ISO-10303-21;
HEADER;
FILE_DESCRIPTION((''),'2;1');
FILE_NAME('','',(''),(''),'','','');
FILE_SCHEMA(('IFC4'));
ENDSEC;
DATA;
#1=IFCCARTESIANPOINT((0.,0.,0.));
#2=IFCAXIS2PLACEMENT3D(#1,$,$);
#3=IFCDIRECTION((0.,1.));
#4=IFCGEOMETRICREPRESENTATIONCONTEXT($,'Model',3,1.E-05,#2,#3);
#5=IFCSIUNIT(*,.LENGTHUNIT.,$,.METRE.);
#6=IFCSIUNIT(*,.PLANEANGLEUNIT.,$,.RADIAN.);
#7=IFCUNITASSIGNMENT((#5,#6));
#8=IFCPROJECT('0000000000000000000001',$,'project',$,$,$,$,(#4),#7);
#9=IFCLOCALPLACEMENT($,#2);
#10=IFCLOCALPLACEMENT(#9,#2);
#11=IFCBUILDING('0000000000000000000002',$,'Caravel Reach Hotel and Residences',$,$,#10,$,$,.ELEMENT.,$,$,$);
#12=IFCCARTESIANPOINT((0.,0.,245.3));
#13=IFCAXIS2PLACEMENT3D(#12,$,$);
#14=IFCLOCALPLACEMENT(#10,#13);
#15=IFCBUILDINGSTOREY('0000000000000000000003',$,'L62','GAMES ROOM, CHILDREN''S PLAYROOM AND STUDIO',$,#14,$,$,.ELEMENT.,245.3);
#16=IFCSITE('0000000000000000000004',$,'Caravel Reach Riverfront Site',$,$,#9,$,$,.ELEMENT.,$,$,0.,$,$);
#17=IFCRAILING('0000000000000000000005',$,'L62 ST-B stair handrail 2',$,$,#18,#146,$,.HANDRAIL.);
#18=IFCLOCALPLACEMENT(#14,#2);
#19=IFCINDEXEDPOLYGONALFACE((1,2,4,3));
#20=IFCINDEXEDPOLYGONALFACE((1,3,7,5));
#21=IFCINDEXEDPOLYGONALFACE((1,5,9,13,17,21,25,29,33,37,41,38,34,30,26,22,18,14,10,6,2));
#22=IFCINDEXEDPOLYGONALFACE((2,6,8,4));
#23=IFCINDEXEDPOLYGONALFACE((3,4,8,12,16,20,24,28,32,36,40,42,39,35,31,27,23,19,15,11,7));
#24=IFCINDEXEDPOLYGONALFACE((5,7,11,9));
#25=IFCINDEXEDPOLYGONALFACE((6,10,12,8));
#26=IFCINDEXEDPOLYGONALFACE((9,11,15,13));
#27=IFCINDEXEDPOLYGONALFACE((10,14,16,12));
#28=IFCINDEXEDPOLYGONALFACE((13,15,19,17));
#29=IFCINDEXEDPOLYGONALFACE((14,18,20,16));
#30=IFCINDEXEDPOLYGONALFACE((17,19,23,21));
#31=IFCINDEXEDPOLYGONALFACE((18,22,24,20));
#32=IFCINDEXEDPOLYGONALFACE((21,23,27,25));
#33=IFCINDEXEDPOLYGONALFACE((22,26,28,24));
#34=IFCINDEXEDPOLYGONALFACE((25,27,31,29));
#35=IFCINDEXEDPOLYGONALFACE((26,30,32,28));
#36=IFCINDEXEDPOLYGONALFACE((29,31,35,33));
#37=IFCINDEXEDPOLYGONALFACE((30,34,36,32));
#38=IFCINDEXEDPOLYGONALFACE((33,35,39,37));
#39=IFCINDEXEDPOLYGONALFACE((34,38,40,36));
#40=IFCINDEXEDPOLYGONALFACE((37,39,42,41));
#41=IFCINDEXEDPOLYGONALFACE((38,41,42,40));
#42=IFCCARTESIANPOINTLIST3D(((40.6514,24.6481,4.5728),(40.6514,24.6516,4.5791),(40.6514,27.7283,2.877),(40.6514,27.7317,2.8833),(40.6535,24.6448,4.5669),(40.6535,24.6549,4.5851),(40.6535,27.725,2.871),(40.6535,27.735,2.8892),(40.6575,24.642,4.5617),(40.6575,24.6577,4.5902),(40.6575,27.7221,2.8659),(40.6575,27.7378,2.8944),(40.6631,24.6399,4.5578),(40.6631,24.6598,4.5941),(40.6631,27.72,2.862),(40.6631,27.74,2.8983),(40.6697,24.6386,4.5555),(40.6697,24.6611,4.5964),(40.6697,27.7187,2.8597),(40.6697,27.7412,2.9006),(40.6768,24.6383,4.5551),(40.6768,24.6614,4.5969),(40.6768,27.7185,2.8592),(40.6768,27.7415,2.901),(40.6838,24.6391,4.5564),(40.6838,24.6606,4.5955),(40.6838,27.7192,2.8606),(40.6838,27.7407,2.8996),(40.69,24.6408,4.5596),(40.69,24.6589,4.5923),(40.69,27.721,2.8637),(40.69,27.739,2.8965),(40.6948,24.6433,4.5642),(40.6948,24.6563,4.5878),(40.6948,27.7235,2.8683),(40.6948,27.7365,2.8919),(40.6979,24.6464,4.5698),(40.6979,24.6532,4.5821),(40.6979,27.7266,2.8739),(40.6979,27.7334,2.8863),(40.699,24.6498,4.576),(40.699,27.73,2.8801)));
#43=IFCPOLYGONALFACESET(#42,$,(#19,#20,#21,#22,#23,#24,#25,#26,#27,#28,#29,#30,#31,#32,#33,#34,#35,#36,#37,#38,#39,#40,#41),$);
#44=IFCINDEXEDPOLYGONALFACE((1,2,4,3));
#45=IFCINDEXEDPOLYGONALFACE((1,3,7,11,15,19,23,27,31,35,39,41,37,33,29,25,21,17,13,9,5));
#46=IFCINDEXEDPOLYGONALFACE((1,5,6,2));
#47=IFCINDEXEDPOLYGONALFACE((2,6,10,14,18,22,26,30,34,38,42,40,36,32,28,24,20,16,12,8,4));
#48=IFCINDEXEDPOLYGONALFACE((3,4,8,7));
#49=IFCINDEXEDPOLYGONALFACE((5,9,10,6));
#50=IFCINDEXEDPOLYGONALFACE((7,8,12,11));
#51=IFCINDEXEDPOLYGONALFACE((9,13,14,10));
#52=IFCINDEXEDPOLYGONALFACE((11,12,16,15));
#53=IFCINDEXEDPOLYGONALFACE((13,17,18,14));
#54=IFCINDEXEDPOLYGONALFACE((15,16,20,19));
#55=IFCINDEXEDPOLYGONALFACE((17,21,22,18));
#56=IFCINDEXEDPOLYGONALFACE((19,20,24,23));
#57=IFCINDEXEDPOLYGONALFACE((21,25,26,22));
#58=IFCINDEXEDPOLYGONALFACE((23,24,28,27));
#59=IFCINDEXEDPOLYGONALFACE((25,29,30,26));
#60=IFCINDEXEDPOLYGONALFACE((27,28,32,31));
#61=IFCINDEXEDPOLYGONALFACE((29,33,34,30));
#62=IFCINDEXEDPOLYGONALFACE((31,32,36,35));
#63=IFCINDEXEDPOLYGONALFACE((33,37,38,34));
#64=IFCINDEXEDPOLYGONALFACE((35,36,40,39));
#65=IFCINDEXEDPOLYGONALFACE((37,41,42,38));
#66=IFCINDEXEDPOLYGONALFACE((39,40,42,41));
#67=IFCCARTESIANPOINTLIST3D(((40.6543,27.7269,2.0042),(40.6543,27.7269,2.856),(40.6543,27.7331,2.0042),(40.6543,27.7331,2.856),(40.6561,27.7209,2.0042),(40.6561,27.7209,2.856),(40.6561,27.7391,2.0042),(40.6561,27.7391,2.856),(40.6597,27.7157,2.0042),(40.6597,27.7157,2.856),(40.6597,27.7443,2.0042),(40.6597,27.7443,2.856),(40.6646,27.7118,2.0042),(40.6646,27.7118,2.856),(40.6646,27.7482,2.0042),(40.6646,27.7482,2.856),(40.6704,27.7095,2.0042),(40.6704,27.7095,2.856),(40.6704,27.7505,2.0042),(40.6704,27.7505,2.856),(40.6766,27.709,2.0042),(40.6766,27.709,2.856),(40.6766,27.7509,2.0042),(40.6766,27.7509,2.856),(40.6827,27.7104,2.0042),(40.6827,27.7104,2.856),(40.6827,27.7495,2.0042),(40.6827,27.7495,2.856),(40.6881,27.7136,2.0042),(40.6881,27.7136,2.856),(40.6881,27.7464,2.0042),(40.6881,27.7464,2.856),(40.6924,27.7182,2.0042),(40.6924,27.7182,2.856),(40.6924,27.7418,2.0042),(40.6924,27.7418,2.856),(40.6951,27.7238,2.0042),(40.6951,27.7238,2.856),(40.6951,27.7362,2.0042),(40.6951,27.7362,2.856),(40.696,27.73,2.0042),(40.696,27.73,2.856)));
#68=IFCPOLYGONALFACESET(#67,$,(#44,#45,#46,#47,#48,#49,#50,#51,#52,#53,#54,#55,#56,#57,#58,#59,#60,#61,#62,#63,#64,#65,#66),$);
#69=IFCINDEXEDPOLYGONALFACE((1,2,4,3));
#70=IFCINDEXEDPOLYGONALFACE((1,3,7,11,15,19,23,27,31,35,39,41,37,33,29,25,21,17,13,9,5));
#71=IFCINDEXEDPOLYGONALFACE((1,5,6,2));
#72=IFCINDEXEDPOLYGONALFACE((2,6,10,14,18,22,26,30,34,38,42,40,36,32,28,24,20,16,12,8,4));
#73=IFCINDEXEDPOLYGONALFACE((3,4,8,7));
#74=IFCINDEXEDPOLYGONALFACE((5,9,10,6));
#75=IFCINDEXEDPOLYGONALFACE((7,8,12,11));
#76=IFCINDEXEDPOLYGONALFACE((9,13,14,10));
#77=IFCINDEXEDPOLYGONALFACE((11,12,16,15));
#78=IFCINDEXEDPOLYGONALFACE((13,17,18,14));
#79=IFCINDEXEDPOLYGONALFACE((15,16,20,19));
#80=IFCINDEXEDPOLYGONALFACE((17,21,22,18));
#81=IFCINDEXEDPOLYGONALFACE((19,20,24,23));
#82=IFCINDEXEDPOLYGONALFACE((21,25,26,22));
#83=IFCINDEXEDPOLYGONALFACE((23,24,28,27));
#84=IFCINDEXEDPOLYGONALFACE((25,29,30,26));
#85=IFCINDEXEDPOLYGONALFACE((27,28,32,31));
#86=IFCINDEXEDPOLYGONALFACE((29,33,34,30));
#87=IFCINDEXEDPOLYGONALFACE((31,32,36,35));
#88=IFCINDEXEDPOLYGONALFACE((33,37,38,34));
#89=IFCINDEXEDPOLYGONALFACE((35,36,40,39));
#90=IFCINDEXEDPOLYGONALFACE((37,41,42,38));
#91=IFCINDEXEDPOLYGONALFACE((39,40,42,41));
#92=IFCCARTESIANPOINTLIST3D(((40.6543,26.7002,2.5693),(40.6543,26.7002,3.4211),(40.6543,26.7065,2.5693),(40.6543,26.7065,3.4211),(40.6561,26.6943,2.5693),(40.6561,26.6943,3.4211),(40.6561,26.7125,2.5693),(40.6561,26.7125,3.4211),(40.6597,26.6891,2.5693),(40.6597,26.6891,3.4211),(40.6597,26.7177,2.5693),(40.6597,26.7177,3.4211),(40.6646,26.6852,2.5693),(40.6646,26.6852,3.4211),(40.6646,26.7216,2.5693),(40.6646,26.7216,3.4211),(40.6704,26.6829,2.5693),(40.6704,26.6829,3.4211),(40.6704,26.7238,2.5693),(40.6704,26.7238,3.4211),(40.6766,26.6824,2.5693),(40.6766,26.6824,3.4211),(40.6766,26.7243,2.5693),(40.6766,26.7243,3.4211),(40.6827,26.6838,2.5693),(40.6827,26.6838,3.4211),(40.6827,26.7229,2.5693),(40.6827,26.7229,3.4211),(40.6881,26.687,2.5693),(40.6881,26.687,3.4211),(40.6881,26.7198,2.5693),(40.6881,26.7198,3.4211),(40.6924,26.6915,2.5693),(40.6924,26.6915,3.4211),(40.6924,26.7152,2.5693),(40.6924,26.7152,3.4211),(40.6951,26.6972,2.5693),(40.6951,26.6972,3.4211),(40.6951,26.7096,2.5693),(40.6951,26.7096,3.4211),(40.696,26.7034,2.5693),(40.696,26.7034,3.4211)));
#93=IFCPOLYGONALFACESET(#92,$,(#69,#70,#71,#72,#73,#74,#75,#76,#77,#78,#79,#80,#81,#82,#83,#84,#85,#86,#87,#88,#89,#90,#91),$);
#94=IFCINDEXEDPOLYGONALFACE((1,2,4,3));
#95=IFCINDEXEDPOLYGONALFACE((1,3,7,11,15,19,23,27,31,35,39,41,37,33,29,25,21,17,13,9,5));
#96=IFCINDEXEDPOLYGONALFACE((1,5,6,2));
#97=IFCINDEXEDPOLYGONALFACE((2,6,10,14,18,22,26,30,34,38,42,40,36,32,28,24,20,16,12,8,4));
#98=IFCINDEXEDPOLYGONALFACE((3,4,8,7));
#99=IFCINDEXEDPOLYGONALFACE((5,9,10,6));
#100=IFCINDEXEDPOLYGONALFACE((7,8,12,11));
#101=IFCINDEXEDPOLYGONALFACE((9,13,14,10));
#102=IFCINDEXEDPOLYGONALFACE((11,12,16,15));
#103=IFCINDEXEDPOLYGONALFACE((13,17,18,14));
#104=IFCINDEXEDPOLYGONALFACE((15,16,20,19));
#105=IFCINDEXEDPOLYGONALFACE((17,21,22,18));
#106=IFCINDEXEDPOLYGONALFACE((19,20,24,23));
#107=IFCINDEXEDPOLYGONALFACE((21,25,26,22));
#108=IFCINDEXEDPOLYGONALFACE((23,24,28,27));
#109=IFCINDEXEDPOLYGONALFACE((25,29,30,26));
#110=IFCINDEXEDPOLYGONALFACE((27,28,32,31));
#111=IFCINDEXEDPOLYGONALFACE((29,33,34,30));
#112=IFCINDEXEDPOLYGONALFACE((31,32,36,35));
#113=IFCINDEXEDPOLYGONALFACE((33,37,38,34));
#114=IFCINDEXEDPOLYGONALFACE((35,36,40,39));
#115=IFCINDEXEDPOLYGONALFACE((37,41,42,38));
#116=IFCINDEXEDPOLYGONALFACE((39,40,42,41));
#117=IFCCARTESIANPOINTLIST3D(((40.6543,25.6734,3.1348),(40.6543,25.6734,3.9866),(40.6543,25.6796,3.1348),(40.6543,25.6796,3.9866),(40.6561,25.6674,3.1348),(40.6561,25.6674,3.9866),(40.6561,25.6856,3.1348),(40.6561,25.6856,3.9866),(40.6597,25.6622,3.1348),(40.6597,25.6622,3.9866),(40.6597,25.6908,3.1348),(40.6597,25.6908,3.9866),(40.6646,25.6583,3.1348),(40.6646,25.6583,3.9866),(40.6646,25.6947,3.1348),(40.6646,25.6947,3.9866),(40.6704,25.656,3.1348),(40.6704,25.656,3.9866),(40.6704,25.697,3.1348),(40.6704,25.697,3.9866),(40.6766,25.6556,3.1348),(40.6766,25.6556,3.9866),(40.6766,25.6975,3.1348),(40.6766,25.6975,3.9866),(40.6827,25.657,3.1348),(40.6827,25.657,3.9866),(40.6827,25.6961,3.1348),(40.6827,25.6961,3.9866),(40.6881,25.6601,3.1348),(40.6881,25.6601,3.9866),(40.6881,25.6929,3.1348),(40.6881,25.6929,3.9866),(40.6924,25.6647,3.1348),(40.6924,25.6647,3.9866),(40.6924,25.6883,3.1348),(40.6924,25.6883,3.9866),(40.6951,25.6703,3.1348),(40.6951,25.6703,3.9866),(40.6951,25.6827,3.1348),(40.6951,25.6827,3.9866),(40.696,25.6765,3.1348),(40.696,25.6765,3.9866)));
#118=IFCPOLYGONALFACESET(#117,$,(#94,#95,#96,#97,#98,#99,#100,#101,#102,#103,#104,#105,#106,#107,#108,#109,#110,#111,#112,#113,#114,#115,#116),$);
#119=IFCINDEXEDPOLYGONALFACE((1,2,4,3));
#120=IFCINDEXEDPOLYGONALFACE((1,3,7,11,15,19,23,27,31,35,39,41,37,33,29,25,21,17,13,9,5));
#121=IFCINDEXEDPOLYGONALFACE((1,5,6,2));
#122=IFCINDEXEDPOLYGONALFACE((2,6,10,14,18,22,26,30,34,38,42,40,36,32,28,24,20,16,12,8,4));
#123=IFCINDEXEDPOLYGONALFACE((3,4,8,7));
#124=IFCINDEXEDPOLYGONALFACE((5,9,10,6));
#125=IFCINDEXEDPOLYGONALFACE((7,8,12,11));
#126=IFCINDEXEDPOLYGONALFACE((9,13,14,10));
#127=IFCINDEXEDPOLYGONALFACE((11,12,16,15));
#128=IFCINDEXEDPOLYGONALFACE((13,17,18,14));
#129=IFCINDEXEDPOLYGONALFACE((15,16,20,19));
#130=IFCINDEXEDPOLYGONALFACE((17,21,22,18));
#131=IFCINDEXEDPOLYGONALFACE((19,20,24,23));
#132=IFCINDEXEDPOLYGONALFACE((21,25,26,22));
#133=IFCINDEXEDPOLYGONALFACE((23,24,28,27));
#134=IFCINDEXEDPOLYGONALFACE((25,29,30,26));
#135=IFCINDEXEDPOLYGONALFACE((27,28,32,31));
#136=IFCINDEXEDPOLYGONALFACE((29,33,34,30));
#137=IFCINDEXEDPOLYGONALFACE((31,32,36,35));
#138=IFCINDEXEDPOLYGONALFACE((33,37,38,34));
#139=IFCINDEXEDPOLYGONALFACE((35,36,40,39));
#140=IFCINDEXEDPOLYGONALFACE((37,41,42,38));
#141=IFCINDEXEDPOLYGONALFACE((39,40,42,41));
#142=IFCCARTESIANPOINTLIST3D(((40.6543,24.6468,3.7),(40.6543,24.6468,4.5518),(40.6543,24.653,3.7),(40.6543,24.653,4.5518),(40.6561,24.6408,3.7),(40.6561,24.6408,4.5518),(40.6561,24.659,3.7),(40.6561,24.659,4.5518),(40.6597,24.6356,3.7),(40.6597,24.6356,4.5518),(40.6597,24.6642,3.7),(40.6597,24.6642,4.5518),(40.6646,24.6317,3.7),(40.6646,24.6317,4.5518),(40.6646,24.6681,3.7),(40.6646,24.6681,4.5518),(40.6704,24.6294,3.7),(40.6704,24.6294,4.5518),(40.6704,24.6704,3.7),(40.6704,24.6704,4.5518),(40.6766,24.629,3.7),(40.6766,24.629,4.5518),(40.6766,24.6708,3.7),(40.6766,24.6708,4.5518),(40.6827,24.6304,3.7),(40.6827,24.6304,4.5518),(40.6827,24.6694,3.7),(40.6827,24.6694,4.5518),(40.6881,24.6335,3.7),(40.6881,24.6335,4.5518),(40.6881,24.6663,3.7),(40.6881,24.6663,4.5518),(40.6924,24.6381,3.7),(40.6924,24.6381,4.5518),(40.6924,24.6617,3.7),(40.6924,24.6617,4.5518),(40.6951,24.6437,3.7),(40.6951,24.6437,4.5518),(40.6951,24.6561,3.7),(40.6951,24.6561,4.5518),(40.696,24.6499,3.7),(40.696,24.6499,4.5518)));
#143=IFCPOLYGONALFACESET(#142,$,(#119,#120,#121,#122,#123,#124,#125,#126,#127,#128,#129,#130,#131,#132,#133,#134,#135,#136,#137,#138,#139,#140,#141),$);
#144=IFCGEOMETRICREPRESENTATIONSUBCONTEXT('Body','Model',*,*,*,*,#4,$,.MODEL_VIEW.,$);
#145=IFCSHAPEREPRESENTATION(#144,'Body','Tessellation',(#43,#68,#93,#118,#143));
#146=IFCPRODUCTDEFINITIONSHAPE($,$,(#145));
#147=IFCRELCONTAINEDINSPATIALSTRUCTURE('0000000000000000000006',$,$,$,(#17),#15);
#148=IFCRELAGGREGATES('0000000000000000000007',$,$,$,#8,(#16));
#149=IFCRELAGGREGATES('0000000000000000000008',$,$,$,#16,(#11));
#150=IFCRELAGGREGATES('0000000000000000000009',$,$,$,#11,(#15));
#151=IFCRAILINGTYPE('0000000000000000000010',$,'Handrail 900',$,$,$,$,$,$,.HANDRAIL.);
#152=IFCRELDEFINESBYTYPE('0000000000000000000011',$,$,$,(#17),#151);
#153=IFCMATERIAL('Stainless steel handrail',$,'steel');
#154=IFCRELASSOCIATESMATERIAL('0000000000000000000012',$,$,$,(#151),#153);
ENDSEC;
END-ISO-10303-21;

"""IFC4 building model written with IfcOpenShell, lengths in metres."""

from ifc_helpers import new_model, si_unit, direction, frame, origin, origin_2d, place, context, subcontext, project, spatial, circle, extrude, material, type_object, element, save


model = new_model("IFC4")

# Units and contexts
model_context = context("Model", 3, precision=1e-05, world=origin(), true_north=direction((0.0, 1.0)))
body_context = subcontext(model_context, "Body", "Model", "MODEL_VIEW")
ifc_project = project(units=[si_unit("LENGTHUNIT", "METRE"), si_unit("PLANEANGLEUNIT", "RADIAN")], contexts=[model_context])

# Site, building, storey
site_placement = place(None, origin())
site = spatial("IfcSite", under=ifc_project, at=site_placement, Name="Caravel Reach Riverfront Site", CompositionType="ELEMENT", RefElevation=0.0)
building_placement = place(site_placement, origin())
building = spatial("IfcBuilding", under=site, at=building_placement, Name="Caravel Reach Hotel and Residences", CompositionType="ELEMENT")
storey_placement = place(building_placement, frame((0.0, 0.0, 245.3)))
storey = spatial("IfcBuildingStorey", under=building, at=storey_placement, Name="L62", Description="GAMES ROOM, CHILDREN'S PLAYROOM AND STUDIO", CompositionType="ELEMENT", Elevation=245.3)

# Railing
ifc_material_1 = material(Name="Stainless steel handrail", Category="steel")
railing_type_1 = type_object("IfcRailingType", Name="Handrail 900", PredefinedType="HANDRAIL", material=ifc_material_1)
railing_1_placement = place(storey_placement, frame((40.675, 27.73, 2.0042)))
element("IfcRailing", 1, at=railing_1_placement, inside=storey, type_object=railing_type_1, Name="L62 ST-B stair handrail 2", PredefinedType="HANDRAIL", context=body_context, shape_type="SweptSolid", body=[
    extrude(circle(Radius=0.0239, at=origin_2d()), frame((0.0, 0.0, 0.876), z_axis=(0.0, -0.876005, 0.482303), x_axis=(1.0, 0.0, 0.0)), (0.0, 0.0, 1.0), 3.5161),
    extrude(circle(Radius=0.021, at=origin_2d()), origin(), (0.0, 0.0, 1.0), 0.8518),
    extrude(circle(Radius=0.021, at=origin_2d()), frame((0.0, -1.0266, 0.5652)), (0.0, 0.0, 1.0), 0.8518),
    extrude(circle(Radius=0.021, at=origin_2d()), frame((0.0, -2.0535, 1.1306)), (0.0, 0.0, 1.0), 0.8518),
    extrude(circle(Radius=0.021, at=origin_2d()), frame((0.0, -3.0801, 1.6958)), (0.0, 0.0, 1.0), 0.8518),
])

save(model, "model.ifc")
